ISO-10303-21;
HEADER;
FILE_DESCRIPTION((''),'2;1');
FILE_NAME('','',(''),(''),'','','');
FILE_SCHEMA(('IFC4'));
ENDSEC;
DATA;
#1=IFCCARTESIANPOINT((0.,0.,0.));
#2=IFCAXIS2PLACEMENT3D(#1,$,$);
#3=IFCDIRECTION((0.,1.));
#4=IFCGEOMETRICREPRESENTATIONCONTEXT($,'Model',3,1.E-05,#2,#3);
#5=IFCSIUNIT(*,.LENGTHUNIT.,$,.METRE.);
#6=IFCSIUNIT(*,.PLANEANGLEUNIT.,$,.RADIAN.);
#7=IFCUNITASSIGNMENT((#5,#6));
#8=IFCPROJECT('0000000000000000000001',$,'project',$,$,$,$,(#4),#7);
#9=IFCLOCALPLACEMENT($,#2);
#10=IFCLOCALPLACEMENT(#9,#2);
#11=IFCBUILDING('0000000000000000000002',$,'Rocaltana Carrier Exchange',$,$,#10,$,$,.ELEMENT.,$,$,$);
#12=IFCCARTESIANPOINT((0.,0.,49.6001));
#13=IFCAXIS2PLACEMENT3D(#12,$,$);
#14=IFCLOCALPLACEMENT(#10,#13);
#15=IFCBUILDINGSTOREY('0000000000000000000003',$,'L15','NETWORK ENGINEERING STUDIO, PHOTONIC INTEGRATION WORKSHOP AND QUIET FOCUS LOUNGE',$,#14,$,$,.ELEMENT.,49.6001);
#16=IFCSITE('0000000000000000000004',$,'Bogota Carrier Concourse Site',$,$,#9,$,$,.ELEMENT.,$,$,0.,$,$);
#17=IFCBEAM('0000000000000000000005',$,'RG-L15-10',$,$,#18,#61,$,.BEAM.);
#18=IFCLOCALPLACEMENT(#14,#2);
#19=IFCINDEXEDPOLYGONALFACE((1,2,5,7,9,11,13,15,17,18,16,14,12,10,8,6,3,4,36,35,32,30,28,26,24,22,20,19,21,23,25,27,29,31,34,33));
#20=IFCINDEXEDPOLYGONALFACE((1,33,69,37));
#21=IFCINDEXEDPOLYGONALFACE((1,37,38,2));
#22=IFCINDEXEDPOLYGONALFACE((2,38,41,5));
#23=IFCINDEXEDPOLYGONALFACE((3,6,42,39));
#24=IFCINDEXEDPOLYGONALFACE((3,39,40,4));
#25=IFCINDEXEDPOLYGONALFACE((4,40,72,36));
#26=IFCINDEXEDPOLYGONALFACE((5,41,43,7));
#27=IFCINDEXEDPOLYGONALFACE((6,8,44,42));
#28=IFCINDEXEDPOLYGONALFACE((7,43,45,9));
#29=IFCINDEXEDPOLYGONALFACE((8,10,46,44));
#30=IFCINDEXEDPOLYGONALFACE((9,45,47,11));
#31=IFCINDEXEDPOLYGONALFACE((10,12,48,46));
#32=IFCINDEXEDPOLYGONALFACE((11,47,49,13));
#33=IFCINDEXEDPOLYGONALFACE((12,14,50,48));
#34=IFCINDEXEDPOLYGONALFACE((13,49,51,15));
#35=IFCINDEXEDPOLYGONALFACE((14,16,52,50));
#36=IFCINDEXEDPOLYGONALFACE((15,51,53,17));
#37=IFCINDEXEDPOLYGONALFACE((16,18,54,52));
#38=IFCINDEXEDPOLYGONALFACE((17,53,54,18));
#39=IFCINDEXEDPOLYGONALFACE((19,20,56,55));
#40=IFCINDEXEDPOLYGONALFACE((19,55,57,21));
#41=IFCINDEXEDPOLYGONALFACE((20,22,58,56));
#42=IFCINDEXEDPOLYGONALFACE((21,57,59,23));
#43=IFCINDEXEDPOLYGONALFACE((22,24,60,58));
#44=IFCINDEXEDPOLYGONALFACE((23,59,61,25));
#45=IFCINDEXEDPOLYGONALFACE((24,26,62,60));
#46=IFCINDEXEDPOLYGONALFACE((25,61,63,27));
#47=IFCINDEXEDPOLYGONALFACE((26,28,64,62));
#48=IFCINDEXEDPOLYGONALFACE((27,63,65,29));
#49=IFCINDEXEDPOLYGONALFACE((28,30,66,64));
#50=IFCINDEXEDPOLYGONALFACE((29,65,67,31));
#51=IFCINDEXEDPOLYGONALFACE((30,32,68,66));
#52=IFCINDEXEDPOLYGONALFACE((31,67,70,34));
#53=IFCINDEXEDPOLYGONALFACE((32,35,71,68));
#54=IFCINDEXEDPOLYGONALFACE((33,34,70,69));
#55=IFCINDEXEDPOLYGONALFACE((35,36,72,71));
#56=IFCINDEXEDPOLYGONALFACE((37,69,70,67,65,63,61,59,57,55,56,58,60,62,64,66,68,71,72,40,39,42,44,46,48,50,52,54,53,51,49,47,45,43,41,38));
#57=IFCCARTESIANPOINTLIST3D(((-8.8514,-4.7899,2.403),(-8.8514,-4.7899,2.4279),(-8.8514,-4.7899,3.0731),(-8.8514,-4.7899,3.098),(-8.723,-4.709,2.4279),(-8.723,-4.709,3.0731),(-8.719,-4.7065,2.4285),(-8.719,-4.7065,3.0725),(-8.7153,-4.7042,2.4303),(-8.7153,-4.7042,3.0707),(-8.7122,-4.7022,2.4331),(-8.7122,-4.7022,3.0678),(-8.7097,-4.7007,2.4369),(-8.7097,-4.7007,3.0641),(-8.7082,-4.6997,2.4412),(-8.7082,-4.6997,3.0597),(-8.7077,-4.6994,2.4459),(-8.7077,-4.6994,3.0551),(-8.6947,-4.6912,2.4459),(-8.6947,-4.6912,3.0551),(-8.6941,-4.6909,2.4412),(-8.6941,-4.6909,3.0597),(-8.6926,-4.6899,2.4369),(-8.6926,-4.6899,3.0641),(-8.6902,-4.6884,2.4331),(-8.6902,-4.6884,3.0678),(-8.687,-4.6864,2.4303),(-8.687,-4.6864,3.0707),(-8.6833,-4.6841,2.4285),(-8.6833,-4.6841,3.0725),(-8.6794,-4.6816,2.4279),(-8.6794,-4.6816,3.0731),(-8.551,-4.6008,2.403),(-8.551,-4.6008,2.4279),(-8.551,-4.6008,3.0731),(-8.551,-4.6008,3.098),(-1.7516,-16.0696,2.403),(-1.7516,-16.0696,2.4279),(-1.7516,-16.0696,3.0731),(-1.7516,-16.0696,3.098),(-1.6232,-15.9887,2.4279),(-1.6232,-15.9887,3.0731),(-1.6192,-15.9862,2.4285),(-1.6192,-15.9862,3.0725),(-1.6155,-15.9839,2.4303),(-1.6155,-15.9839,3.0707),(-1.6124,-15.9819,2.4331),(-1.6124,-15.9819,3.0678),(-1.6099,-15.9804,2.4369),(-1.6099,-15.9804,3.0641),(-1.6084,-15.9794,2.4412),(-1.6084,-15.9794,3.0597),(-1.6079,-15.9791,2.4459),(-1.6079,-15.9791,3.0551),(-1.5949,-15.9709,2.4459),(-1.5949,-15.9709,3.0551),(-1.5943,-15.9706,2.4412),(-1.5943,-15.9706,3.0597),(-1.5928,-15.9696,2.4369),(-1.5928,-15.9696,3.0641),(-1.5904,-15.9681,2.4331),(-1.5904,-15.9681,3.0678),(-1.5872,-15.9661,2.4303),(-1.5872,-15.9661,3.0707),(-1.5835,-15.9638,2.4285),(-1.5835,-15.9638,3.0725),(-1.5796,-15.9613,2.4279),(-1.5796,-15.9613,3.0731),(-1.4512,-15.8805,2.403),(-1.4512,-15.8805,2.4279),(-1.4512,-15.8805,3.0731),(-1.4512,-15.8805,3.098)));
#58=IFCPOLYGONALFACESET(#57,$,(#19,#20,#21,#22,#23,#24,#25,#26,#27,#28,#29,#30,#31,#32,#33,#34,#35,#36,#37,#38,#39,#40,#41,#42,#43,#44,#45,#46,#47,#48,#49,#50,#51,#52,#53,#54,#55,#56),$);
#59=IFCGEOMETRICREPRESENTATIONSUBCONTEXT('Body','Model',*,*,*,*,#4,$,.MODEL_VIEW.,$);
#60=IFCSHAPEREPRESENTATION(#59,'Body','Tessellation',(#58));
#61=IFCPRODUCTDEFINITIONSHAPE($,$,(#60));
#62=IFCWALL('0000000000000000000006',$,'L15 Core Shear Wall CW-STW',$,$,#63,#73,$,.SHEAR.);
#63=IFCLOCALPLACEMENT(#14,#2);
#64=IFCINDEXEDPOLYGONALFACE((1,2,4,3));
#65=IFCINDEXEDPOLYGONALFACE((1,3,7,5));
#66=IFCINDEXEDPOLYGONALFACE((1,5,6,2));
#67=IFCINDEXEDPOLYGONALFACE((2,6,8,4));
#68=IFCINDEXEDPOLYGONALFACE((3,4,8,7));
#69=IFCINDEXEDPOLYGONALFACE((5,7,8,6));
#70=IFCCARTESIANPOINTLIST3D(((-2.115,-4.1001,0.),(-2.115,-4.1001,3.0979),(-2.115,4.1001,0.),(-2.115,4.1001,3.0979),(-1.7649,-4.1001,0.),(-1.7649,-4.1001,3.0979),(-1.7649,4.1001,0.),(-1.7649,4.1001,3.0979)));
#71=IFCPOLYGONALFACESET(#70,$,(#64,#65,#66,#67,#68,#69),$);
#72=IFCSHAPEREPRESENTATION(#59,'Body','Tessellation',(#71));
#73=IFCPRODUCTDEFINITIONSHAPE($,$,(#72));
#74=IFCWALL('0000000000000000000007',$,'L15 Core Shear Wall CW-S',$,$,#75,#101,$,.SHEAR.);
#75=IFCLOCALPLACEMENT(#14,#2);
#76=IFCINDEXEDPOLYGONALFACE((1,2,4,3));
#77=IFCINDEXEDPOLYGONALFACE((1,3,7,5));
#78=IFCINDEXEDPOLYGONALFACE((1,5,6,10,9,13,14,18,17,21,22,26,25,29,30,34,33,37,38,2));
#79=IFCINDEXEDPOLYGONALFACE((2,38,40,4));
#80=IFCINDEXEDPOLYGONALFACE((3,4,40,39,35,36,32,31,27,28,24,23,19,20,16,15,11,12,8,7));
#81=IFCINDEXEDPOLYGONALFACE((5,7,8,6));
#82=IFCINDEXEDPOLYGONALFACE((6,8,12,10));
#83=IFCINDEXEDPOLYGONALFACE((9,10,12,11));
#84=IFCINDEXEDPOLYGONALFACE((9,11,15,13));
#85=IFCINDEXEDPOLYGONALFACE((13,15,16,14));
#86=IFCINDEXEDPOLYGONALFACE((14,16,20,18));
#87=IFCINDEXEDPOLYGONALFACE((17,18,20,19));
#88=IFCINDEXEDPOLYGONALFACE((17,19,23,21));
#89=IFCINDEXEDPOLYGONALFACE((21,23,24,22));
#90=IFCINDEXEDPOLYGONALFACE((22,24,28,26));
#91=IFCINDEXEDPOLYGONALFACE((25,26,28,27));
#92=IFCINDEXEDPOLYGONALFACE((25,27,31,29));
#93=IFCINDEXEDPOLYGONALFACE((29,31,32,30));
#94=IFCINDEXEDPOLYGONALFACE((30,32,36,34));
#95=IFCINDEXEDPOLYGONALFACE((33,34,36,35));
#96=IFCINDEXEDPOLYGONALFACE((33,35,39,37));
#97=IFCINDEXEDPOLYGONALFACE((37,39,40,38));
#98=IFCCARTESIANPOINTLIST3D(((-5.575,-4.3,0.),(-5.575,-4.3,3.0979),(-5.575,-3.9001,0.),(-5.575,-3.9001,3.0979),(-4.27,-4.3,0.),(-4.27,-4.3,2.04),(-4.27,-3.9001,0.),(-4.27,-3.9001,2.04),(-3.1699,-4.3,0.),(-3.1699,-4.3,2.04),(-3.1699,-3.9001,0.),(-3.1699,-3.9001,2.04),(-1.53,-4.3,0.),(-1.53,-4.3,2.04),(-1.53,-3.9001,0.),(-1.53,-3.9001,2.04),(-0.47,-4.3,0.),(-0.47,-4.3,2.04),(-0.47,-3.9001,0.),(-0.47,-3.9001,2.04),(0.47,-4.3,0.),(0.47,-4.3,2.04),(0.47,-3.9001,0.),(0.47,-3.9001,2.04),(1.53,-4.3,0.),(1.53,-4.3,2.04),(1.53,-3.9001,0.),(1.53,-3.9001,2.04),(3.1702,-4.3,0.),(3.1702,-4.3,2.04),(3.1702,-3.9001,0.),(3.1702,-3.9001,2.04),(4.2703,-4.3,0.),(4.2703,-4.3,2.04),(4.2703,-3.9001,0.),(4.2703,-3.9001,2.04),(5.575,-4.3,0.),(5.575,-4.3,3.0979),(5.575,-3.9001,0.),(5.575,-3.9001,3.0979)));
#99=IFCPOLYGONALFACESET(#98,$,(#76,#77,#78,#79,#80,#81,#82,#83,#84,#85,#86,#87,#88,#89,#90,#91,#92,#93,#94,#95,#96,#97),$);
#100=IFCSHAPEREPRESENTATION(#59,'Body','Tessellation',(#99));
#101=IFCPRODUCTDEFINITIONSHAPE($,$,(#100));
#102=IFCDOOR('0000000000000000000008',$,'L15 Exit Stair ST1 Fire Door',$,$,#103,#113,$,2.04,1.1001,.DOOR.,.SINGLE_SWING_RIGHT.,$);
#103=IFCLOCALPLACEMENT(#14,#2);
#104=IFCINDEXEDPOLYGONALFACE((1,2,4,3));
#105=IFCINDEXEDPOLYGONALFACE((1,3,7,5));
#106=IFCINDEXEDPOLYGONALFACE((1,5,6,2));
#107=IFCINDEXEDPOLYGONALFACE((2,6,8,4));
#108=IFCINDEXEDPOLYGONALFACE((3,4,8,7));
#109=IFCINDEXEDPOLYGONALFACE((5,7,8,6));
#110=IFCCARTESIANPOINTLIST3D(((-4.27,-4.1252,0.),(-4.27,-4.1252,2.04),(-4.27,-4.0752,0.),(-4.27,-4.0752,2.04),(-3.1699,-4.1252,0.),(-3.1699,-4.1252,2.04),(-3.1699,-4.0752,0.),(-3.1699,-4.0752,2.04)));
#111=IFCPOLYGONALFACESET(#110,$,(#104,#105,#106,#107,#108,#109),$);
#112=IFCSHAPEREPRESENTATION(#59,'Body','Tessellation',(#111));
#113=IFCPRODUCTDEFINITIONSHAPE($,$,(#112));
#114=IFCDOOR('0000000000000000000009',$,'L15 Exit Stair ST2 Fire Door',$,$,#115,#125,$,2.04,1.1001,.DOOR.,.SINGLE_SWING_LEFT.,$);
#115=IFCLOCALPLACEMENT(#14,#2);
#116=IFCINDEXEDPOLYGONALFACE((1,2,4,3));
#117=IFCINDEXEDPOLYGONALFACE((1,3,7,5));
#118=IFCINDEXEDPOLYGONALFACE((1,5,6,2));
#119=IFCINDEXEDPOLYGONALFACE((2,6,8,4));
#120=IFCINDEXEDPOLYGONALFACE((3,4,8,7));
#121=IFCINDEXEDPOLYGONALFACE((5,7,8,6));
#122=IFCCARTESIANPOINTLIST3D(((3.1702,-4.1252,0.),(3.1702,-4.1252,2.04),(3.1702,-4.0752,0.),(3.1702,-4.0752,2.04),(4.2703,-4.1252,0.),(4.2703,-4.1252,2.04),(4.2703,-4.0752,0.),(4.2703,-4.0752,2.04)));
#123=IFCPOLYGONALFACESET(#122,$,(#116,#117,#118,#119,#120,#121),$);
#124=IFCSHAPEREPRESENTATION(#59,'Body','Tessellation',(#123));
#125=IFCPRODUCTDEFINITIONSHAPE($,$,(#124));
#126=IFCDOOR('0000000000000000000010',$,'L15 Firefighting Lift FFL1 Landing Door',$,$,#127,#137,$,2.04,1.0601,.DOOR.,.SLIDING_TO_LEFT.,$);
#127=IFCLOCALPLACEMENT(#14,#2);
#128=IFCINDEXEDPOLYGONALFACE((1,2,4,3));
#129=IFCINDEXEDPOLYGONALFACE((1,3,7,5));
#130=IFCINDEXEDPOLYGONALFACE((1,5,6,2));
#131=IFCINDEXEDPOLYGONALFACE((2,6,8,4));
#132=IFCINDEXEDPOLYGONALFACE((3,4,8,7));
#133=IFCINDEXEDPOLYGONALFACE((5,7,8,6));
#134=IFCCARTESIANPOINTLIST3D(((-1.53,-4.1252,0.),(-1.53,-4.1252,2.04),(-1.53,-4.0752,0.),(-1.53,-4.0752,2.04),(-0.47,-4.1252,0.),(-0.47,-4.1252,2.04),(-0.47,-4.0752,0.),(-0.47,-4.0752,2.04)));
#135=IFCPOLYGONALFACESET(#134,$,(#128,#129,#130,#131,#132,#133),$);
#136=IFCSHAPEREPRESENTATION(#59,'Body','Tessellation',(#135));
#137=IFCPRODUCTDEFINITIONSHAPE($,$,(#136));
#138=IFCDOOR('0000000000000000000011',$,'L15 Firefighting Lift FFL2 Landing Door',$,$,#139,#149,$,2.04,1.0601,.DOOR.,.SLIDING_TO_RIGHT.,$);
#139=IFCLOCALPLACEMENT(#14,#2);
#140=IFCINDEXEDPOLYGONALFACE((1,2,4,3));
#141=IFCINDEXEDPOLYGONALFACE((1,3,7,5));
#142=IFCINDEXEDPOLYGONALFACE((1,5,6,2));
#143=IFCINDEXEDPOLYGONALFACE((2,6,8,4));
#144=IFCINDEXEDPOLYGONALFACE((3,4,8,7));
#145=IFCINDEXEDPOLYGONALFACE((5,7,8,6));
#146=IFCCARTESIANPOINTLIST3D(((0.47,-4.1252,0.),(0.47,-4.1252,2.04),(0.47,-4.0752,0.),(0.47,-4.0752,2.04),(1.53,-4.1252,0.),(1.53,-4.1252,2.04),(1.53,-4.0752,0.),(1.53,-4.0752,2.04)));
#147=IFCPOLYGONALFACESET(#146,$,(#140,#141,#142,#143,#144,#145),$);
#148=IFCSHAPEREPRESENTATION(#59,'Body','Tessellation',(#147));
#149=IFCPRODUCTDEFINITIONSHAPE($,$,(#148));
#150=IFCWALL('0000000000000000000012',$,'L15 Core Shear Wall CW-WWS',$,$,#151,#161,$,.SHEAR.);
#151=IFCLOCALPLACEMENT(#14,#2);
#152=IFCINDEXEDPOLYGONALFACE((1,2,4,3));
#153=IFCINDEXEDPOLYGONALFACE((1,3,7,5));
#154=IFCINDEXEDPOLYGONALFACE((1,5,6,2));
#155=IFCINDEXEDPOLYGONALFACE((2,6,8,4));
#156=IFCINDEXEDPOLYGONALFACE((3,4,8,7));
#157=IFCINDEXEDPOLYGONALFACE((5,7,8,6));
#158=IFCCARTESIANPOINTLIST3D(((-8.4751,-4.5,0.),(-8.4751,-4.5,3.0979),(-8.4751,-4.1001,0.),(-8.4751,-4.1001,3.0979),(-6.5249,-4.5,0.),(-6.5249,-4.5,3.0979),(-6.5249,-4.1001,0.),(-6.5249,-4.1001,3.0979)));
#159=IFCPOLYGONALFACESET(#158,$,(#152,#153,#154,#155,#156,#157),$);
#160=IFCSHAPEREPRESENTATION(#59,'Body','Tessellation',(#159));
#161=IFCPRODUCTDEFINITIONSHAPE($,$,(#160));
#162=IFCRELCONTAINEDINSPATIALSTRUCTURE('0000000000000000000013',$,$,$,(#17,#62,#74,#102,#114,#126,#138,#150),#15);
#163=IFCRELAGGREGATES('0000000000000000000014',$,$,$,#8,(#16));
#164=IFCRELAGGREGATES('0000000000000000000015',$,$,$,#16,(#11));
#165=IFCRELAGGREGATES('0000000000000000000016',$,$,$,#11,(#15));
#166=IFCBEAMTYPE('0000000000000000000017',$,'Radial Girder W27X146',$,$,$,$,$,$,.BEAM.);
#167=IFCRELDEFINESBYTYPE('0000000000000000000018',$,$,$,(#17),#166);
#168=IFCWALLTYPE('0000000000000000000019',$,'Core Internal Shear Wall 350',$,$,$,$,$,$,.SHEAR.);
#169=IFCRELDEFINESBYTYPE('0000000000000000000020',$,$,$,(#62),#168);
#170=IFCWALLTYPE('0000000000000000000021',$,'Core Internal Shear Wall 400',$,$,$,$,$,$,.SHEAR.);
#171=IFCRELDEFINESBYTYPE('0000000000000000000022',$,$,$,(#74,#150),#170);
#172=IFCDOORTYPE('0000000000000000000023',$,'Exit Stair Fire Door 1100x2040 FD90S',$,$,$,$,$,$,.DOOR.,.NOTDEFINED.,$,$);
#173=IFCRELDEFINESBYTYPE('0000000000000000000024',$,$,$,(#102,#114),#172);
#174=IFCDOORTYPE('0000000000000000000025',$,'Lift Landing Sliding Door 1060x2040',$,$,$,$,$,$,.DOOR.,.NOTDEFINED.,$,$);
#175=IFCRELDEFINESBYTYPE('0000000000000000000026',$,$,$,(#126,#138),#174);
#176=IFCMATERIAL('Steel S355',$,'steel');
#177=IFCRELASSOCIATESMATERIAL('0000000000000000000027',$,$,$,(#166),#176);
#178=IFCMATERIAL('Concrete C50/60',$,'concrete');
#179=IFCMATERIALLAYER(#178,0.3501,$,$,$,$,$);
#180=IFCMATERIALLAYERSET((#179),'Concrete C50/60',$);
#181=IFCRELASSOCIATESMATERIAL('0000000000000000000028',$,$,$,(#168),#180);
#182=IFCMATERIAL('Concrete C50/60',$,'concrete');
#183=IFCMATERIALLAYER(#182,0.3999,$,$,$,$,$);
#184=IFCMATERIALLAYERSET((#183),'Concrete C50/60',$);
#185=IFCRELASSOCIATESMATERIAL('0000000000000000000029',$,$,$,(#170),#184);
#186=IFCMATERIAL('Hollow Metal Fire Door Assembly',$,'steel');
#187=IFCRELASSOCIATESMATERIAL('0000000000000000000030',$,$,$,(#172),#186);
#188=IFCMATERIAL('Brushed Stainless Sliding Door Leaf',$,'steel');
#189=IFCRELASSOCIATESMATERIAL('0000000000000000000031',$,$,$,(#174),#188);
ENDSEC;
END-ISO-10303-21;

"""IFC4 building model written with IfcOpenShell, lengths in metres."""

from ifc_helpers import new_model, si_unit, direction, frame, frame_2d, origin, origin_2d, place, context, subcontext, project, spatial, rectangle, i_section, extrude, material, layer, layer_set, material_profile, profile_set, type_object, element, fill, save


model = new_model("IFC4")

# Units and contexts
model_context = context("Model", 3, precision=1e-05, world=origin(), true_north=direction((0.0, 1.0)))
body_context = subcontext(model_context, "Body", "Model", "MODEL_VIEW")
ifc_project = project(units=[si_unit("LENGTHUNIT", "METRE"), si_unit("PLANEANGLEUNIT", "RADIAN")], contexts=[model_context])

# Site, building, storey
site_placement = place(None, origin())
site = spatial("IfcSite", under=ifc_project, at=site_placement, Name="Bogota Carrier Concourse Site", CompositionType="ELEMENT", RefElevation=0.0)
building_placement = place(site_placement, origin())
building = spatial("IfcBuilding", under=site, at=building_placement, Name="Rocaltana Carrier Exchange", CompositionType="ELEMENT")
storey_placement = place(building_placement, frame((0.0, 0.0, 49.6001)))
storey = spatial("IfcBuildingStorey", under=building, at=storey_placement, Name="L15", Description="NETWORK ENGINEERING STUDIO, PHOTONIC INTEGRATION WORKSHOP AND QUIET FOCUS LOUNGE", CompositionType="ELEMENT", Elevation=49.6001)

# Beam
ifc_material_1 = material(Name="Steel S355", Category="steel")
ifc_material_profile_1 = material_profile(ifc_material_1, i_section(OverallWidth=0.355, OverallDepth=0.6951, WebThickness=0.0154, FlangeThickness=0.0249, FilletRadius=0.0181, at=origin_2d()), Name="W27X146")
ifc_profile_set_1 = profile_set([ifc_material_profile_1], Name="Steel S355")
beam_type = type_object("IfcBeamType", Name="Radial Girder W27X146", PredefinedType="BEAM", material=ifc_profile_set_1)
beam_placement = place(storey_placement, frame((-8.7012, -4.6953, 2.7505), z_axis=(0.532693, -0.846308, 0.0), x_axis=(0.846308, 0.532693, 0.0)))
element("IfcBeam", 1, at=beam_placement, inside=storey, type_object=beam_type, Name="RG-L15-10", PredefinedType="BEAM", context=body_context, shape_type="SweptSolid", body=[
    extrude(i_section(OverallWidth=0.355, OverallDepth=0.6951, WebThickness=0.0154, FlangeThickness=0.0249, FilletRadius=0.0181, at=origin_2d()), origin(), (0.0, 0.0, 1.0), 13.3281),
])

# Wall
ifc_material_2 = material(Name="Concrete C50/60", Category="concrete")
ifc_layer_1 = layer(ifc_material_2, 0.3501)
ifc_layer_set_1 = layer_set([ifc_layer_1], Name="Concrete C50/60")
wall_type_1 = type_object("IfcWallType", Name="Core Internal Shear Wall 350", PredefinedType="SHEAR", material=ifc_layer_set_1)
wall_1_placement = place(storey_placement, frame((-1.9399, -4.1001, 0.0), z_axis=(0.0, 0.0, 1.0), x_axis=(0.0, 1.0, 0.0)))
element("IfcWall", 2, at=wall_1_placement, inside=storey, type_object=wall_type_1, Name="L15 Core Shear Wall CW-STW", PredefinedType="SHEAR", context=body_context, shape_type="SweptSolid", body=[
    extrude(rectangle(XDim=8.2002, YDim=0.3501, at=frame_2d((4.1001, 0.0))), origin(), (0.0, 0.0, 1.0), 3.0979),
])

# Wall, openings, doors
ifc_material_3 = material(Name="Concrete C50/60", Category="concrete")
ifc_layer_2 = layer(ifc_material_3, 0.3999)
ifc_layer_set_2 = layer_set([ifc_layer_2], Name="Concrete C50/60")
wall_type_2 = type_object("IfcWallType", Name="Core Internal Shear Wall 400", PredefinedType="SHEAR", material=ifc_layer_set_2)
wall_2_placement = place(storey_placement, frame((-5.575, -4.1001, 0.0), z_axis=(0.0, 0.0, 1.0), x_axis=(1.0, 0.0, 0.0)))
wall_2 = element("IfcWall", 3, at=wall_2_placement, inside=storey, type_object=wall_type_2, Name="L15 Core Shear Wall CW-S", PredefinedType="SHEAR", context=body_context, shape_type="SweptSolid", body=[
    extrude(rectangle(XDim=11.1499, YDim=0.3999, at=frame_2d((5.575, 0.0))), origin(), (0.0, 0.0, 1.0), 3.0979),
])
opening_1_placement = place(wall_2_placement, frame((1.3049, 0.0, 0.0)))
opening_1 = element("IfcOpeningElement", 4, at=opening_1_placement, cuts=wall_2, PredefinedType="OPENING", context=body_context, shape_type="SweptSolid", body=[
    extrude(rectangle(XDim=1.1001, YDim=2.04, at=frame_2d((0.55, 1.02))), frame((0.0, 0.21, 0.0), z_axis=(0.0, -1.0, 0.0), x_axis=(1.0, 0.0, 0.0)), (0.0, 0.0, 1.0), 0.4199),
])
opening_2_placement = place(wall_2_placement, frame((8.7451, 0.0, 0.0)))
opening_2 = element("IfcOpeningElement", 5, at=opening_2_placement, cuts=wall_2, PredefinedType="OPENING", context=body_context, shape_type="SweptSolid", body=[
    extrude(rectangle(XDim=1.1001, YDim=2.04, at=frame_2d((0.55, 1.02))), frame((0.0, 0.21, 0.0), z_axis=(0.0, -1.0, 0.0), x_axis=(1.0, 0.0, 0.0)), (0.0, 0.0, 1.0), 0.4199),
])
opening_3_placement = place(wall_2_placement, frame((4.0449, 0.0, 0.0)))
opening_3 = element("IfcOpeningElement", 6, at=opening_3_placement, cuts=wall_2, PredefinedType="OPENING", context=body_context, shape_type="SweptSolid", body=[
    extrude(rectangle(XDim=1.0601, YDim=2.04, at=frame_2d((0.53, 1.02))), frame((0.0, 0.21, 0.0), z_axis=(0.0, -1.0, 0.0), x_axis=(1.0, 0.0, 0.0)), (0.0, 0.0, 1.0), 0.4199),
])
opening_4_placement = place(wall_2_placement, frame((6.0449, 0.0, 0.0)))
opening_4 = element("IfcOpeningElement", 7, at=opening_4_placement, cuts=wall_2, PredefinedType="OPENING", context=body_context, shape_type="SweptSolid", body=[
    extrude(rectangle(XDim=1.0601, YDim=2.04, at=frame_2d((0.53, 1.02))), frame((0.0, 0.21, 0.0), z_axis=(0.0, -1.0, 0.0), x_axis=(1.0, 0.0, 0.0)), (0.0, 0.0, 1.0), 0.4199),
])
ifc_material_4 = material(Name="Hollow Metal Fire Door Assembly", Category="steel")
door_type_1 = type_object("IfcDoorType", Name="Exit Stair Fire Door 1100x2040 FD90S", OperationType="NOTDEFINED", PredefinedType="DOOR", material=ifc_material_4)
door_1_placement = place(opening_1_placement, origin())
door_1 = element("IfcDoor", 8, at=door_1_placement, inside=storey, type_object=door_type_1, Name="L15 Exit Stair ST1 Fire Door", OperationType="SINGLE_SWING_RIGHT", OverallHeight=2.04, OverallWidth=1.1001, PredefinedType="DOOR", context=body_context, shape_type="SweptSolid", body=[
    extrude(rectangle(XDim=1.1001, YDim=2.04, at=frame_2d((0.55, 1.02))), frame((0.0, 0.0249, 0.0), z_axis=(0.0, -1.0, 0.0), x_axis=(1.0, 0.0, 0.0)), (0.0, 0.0, 1.0), 0.05),
])
fill(opening_1, door_1)
door_2_placement = place(opening_2_placement, origin())
door_2 = element("IfcDoor", 9, at=door_2_placement, inside=storey, type_object=door_type_1, Name="L15 Exit Stair ST2 Fire Door", OperationType="SINGLE_SWING_LEFT", OverallHeight=2.04, OverallWidth=1.1001, PredefinedType="DOOR", context=body_context, shape_type="SweptSolid", body=[
    extrude(rectangle(XDim=1.1001, YDim=2.04, at=frame_2d((0.55, 1.02))), frame((0.0, 0.0249, 0.0), z_axis=(0.0, -1.0, 0.0), x_axis=(1.0, 0.0, 0.0)), (0.0, 0.0, 1.0), 0.05),
])
fill(opening_2, door_2)
ifc_material_5 = material(Name="Brushed Stainless Sliding Door Leaf", Category="steel")
door_type_2 = type_object("IfcDoorType", Name="Lift Landing Sliding Door 1060x2040", OperationType="NOTDEFINED", PredefinedType="DOOR", material=ifc_material_5)
door_3_placement = place(opening_3_placement, origin())
door_3 = element("IfcDoor", 10, at=door_3_placement, inside=storey, type_object=door_type_2, Name="L15 Firefighting Lift FFL1 Landing Door", OperationType="SLIDING_TO_LEFT", OverallHeight=2.04, OverallWidth=1.0601, PredefinedType="DOOR", context=body_context, shape_type="SweptSolid", body=[
    extrude(rectangle(XDim=1.0601, YDim=2.04, at=frame_2d((0.53, 1.02))), frame((0.0, 0.0249, 0.0), z_axis=(0.0, -1.0, 0.0), x_axis=(1.0, 0.0, 0.0)), (0.0, 0.0, 1.0), 0.05),
])
fill(opening_3, door_3)
door_4_placement = place(opening_4_placement, origin())
door_4 = element("IfcDoor", 11, at=door_4_placement, inside=storey, type_object=door_type_2, Name="L15 Firefighting Lift FFL2 Landing Door", OperationType="SLIDING_TO_RIGHT", OverallHeight=2.04, OverallWidth=1.0601, PredefinedType="DOOR", context=body_context, shape_type="SweptSolid", body=[
    extrude(rectangle(XDim=1.0601, YDim=2.04, at=frame_2d((0.53, 1.02))), frame((0.0, 0.0249, 0.0), z_axis=(0.0, -1.0, 0.0), x_axis=(1.0, 0.0, 0.0)), (0.0, 0.0, 1.0), 0.05),
])
fill(opening_4, door_4)

# Wall
wall_3_placement = place(storey_placement, frame((-8.4751, -4.3, 0.0), z_axis=(0.0, 0.0, 1.0), x_axis=(1.0, 0.0, 0.0)))
element("IfcWall", 12, at=wall_3_placement, inside=storey, type_object=wall_type_2, Name="L15 Core Shear Wall CW-WWS", PredefinedType="SHEAR", context=body_context, shape_type="SweptSolid", body=[
    extrude(rectangle(XDim=1.9502, YDim=0.3999, at=frame_2d((0.9751, 0.0))), origin(), (0.0, 0.0, 1.0), 3.0979),
])

save(model, "model.ifc")
